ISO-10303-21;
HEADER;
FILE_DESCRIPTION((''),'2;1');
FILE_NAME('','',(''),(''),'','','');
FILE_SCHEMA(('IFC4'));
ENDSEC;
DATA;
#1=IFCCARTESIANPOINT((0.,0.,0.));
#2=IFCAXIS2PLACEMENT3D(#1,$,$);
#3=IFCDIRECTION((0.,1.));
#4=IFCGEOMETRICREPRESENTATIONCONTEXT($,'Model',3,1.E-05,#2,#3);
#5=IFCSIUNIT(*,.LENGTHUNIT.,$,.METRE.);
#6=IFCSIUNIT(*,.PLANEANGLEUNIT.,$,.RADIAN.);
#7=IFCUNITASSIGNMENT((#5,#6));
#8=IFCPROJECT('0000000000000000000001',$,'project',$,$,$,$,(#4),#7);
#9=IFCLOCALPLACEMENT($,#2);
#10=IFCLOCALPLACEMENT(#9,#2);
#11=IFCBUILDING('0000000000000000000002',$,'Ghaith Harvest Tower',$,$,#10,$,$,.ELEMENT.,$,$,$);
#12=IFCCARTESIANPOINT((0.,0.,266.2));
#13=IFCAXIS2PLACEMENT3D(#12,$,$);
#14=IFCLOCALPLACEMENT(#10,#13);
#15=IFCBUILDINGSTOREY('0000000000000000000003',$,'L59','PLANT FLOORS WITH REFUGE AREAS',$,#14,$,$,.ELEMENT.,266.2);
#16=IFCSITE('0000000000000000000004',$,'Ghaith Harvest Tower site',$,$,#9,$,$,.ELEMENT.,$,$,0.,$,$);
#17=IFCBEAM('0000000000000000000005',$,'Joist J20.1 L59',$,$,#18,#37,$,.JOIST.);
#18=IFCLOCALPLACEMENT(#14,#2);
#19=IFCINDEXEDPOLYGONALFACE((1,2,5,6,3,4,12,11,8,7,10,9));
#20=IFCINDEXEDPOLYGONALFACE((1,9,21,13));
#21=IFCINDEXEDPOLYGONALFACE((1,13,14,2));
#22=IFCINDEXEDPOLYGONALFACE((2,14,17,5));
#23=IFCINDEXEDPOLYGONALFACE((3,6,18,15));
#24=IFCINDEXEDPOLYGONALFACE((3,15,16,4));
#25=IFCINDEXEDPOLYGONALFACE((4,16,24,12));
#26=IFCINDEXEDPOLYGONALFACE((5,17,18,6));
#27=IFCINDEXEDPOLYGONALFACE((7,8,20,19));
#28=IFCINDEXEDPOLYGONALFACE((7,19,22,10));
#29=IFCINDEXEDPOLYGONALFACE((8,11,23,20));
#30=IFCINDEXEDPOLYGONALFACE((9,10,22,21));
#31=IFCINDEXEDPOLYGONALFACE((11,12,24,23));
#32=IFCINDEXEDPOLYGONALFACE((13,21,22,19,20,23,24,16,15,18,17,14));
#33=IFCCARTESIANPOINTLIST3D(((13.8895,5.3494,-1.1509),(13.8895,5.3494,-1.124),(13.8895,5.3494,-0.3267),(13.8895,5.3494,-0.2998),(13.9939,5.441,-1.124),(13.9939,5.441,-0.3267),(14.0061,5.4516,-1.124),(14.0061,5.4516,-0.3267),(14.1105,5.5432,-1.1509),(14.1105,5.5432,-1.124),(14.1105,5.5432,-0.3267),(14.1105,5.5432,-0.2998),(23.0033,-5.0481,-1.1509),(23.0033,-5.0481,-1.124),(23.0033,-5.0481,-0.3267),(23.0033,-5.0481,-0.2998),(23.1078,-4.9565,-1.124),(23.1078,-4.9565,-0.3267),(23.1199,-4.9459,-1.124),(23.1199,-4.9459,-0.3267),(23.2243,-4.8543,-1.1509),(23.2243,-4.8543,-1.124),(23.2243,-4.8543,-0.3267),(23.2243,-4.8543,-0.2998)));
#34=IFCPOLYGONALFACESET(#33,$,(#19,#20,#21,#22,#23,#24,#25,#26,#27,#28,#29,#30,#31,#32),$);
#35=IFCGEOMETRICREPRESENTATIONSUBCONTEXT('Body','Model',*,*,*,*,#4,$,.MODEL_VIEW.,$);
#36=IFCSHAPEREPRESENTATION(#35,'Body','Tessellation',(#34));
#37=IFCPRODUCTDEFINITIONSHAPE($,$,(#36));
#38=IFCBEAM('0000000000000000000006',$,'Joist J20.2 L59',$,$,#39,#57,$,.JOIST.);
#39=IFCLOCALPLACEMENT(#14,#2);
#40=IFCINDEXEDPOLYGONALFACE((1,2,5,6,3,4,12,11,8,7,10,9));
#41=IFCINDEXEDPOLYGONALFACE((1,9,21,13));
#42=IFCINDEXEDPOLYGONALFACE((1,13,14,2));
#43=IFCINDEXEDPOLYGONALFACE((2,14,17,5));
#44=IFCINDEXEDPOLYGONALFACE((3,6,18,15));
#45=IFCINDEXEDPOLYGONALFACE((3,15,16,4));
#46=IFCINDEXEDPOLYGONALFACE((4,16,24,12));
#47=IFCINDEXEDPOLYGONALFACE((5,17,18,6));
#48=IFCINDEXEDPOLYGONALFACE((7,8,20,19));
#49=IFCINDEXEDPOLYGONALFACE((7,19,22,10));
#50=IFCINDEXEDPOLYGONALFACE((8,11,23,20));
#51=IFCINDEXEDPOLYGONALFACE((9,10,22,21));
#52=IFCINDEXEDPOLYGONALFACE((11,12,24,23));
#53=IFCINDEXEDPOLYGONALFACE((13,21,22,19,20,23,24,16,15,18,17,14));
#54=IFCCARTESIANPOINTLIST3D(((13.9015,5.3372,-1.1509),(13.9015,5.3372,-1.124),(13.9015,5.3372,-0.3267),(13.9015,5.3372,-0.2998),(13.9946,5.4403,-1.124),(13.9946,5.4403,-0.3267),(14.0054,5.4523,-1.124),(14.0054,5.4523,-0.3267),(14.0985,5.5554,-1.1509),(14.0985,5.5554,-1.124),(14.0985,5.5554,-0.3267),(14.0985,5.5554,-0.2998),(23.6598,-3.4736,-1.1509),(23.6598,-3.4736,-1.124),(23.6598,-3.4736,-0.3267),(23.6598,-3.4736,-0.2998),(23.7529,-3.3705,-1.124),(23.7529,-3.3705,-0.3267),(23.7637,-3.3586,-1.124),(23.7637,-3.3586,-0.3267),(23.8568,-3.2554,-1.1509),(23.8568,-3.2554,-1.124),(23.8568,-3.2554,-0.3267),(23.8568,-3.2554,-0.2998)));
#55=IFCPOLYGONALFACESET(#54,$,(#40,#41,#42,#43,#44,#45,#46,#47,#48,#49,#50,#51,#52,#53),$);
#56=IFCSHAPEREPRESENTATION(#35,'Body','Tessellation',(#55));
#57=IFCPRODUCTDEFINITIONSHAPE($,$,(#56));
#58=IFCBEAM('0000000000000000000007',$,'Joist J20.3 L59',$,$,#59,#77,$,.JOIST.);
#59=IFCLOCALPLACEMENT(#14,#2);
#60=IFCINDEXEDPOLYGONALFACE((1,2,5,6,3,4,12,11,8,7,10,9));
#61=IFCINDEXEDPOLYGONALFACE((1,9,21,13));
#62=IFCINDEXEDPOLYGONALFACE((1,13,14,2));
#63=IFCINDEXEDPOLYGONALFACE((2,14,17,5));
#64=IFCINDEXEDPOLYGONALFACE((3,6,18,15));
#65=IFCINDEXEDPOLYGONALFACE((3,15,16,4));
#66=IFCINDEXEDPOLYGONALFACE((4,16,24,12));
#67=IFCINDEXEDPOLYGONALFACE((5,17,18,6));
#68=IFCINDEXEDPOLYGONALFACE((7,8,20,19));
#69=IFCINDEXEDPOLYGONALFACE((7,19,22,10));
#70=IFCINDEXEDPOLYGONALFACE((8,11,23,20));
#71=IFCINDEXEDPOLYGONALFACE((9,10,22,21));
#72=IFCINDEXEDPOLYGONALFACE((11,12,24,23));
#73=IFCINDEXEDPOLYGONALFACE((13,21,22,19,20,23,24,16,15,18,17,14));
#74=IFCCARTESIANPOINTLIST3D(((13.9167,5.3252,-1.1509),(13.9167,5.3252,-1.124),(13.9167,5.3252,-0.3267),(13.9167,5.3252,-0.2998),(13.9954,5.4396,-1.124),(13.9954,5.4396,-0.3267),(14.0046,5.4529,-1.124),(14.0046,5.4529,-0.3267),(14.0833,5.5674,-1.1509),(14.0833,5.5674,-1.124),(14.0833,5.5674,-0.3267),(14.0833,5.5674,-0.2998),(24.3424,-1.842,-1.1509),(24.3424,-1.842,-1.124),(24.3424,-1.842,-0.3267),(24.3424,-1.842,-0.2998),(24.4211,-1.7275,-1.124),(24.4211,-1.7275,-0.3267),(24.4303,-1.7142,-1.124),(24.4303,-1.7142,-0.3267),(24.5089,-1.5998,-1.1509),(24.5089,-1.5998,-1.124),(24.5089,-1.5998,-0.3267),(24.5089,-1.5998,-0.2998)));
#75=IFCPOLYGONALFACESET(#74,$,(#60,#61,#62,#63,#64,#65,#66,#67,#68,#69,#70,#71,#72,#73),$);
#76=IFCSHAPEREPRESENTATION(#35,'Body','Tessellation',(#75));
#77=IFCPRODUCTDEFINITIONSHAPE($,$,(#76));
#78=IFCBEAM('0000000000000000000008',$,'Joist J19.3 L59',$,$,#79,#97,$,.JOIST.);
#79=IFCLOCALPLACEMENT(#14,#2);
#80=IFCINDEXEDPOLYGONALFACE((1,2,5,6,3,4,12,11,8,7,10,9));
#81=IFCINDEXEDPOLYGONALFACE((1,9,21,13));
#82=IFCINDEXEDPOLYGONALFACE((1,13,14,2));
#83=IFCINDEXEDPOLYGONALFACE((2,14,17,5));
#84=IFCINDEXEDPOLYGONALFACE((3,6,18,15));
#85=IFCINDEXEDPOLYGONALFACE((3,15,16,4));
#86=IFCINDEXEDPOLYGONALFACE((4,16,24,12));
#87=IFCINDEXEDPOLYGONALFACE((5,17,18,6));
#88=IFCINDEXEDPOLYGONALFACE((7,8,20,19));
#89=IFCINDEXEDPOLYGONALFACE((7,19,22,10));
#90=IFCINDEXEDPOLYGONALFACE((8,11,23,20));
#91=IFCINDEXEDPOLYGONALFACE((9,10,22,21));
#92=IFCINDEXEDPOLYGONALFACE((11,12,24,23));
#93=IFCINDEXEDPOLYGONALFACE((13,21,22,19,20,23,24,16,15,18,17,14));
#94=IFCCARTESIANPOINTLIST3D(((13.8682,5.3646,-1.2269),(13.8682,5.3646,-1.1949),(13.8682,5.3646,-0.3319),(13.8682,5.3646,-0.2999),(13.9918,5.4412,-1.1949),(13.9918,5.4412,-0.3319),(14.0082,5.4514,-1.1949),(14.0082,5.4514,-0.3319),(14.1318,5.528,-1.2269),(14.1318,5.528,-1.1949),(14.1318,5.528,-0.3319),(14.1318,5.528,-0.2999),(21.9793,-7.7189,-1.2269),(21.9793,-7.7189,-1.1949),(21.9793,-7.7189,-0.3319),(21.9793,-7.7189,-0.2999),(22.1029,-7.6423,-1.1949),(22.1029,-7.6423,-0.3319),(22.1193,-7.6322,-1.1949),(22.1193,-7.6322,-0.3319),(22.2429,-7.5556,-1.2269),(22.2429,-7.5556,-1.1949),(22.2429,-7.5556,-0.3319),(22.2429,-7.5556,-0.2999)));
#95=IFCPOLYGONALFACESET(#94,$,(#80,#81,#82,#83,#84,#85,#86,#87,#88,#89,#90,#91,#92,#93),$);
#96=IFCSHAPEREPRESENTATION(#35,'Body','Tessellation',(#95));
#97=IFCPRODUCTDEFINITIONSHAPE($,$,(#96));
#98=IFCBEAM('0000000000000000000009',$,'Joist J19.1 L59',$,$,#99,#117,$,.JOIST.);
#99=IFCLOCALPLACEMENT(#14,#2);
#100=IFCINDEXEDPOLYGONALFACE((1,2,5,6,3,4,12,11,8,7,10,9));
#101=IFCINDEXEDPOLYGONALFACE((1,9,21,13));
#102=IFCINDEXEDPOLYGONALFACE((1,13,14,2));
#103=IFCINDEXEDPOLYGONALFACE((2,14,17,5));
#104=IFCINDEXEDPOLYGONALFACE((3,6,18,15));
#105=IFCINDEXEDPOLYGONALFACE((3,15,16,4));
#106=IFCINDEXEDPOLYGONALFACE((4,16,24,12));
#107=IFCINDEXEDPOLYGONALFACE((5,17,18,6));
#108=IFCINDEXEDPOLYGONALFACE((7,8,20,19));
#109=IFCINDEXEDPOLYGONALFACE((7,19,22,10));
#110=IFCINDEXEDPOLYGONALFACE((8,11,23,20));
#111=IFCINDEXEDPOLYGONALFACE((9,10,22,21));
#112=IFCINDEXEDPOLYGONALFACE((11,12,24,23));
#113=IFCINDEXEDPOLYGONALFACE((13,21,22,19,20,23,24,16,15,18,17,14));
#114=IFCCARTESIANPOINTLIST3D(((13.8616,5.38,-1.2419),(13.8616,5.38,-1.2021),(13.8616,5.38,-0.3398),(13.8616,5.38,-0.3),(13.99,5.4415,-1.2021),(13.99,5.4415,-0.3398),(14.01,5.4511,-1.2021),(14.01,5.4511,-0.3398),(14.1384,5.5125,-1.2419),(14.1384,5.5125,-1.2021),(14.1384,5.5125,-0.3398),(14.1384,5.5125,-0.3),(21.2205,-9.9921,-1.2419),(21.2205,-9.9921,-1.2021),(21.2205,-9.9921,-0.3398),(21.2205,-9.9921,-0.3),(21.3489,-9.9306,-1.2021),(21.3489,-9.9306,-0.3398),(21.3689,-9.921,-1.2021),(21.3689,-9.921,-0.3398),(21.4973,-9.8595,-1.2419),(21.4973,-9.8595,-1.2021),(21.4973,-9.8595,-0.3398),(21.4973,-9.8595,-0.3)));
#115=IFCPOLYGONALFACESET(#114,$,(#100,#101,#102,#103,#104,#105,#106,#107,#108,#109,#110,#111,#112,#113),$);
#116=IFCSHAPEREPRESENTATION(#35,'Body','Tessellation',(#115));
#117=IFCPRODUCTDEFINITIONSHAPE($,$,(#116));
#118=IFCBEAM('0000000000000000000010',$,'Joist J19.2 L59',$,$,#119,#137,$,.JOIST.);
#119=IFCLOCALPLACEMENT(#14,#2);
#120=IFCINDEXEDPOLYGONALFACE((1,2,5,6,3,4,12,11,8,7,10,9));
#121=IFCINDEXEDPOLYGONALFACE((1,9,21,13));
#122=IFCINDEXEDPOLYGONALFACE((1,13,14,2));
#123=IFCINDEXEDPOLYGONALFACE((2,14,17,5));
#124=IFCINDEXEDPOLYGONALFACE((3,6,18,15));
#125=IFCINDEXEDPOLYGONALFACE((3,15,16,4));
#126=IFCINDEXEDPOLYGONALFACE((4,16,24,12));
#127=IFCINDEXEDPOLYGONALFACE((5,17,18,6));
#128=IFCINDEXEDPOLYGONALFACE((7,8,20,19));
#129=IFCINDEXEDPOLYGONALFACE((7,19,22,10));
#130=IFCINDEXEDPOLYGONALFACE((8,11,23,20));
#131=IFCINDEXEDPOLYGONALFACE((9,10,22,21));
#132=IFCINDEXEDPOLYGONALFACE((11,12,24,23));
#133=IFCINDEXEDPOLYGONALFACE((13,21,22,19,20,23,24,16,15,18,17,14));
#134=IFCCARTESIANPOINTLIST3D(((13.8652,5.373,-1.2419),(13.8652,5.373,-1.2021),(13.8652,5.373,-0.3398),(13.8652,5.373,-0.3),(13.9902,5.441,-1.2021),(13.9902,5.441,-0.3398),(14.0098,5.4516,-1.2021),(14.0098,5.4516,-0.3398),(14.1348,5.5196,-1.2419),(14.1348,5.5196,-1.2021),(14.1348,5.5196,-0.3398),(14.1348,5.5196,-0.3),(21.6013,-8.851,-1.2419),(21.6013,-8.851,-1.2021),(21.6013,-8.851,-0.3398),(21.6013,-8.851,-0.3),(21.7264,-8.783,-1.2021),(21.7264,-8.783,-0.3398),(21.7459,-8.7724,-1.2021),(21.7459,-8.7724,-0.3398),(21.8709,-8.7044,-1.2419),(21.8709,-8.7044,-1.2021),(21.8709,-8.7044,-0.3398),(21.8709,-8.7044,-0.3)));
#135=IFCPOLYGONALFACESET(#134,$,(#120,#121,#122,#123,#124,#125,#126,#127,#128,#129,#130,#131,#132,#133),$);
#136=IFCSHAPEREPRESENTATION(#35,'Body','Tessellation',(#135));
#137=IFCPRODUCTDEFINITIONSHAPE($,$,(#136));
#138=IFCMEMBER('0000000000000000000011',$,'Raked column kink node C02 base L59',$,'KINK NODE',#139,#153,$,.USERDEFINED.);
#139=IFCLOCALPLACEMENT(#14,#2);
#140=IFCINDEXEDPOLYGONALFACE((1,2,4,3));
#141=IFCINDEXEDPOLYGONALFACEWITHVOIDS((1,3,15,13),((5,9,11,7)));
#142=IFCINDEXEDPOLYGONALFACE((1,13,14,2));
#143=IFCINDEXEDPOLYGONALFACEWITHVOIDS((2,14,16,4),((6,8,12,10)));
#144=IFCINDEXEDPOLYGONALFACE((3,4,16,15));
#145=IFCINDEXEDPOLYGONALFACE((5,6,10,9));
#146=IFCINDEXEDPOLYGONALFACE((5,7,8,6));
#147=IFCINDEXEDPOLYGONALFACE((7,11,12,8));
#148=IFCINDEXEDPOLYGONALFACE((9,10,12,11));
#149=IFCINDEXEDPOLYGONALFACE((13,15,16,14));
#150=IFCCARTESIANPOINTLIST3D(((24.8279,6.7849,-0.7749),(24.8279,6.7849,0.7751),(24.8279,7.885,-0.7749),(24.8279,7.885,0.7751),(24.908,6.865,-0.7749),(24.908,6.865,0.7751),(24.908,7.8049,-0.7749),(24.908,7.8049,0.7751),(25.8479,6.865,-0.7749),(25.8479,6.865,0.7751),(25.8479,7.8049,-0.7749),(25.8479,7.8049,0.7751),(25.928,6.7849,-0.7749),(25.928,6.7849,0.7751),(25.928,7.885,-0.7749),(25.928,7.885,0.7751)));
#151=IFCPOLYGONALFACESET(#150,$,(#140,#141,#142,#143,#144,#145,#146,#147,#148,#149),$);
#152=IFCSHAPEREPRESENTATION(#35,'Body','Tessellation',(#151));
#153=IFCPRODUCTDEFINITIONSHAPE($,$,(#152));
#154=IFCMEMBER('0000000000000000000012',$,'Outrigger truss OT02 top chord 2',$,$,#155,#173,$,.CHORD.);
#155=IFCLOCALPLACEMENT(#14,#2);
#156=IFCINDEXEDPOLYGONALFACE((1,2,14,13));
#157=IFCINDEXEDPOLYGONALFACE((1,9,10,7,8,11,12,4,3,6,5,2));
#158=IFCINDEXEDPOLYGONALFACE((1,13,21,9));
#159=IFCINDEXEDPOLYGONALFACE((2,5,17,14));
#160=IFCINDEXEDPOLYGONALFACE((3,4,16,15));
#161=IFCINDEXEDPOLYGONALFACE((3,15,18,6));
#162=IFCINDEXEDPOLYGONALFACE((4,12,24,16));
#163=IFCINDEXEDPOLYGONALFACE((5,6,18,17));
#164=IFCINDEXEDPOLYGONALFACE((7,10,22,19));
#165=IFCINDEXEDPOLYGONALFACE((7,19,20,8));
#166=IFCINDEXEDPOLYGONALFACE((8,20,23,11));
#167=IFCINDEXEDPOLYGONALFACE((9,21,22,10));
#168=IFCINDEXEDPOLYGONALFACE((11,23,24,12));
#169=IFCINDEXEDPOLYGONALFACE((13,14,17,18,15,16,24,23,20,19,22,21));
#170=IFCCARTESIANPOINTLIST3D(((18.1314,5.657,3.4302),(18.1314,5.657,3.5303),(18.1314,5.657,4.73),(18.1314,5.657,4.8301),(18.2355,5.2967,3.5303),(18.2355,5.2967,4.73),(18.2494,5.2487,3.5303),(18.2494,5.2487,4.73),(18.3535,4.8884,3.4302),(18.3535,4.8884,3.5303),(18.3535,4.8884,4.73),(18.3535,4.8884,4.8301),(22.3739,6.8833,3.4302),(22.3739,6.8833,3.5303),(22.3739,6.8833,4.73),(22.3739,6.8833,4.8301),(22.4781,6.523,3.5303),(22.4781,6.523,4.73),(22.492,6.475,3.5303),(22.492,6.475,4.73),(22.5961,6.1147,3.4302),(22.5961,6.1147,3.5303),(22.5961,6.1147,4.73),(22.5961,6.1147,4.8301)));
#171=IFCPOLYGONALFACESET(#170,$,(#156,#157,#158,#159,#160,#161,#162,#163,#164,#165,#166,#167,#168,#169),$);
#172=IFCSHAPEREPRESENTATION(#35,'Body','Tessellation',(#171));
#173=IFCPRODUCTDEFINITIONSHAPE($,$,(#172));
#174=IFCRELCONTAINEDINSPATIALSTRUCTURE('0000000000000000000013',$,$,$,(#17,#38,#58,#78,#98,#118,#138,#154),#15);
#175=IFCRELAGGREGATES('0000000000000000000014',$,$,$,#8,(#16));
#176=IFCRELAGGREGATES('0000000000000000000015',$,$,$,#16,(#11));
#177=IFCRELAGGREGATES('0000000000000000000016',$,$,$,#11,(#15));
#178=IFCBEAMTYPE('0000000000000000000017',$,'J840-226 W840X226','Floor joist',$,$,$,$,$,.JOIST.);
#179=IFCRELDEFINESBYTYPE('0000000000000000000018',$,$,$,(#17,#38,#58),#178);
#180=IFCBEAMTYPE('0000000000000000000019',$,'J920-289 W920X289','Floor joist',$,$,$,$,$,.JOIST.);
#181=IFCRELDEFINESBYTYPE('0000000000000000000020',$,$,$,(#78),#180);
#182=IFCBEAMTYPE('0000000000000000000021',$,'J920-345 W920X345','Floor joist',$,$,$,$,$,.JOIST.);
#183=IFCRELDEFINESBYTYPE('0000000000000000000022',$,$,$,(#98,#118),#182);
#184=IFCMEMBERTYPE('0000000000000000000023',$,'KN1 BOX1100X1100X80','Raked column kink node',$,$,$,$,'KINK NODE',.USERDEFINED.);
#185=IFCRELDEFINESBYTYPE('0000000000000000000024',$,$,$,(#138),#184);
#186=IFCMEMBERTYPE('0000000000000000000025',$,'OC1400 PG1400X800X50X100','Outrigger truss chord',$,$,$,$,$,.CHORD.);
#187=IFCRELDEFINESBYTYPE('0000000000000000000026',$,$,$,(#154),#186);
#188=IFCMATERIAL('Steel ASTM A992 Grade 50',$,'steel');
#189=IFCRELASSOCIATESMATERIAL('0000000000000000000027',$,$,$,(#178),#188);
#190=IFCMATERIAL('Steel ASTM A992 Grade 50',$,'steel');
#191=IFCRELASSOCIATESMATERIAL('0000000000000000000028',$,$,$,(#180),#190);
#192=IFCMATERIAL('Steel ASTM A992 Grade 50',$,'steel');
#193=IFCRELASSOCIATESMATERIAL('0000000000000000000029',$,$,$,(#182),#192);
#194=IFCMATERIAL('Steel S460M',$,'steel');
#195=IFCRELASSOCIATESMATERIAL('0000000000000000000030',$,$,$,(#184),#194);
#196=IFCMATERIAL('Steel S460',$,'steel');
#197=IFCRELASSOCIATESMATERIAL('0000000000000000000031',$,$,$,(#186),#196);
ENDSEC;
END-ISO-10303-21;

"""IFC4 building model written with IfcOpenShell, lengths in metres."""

from ifc_helpers import new_model, si_unit, direction, frame, origin, origin_2d, place, context, subcontext, project, spatial, hollow_rectangle, i_section, extrude, material, material_profile, profile_set, type_object, element, save


model = new_model("IFC4")

# Units and contexts
model_context = context("Model", 3, precision=1e-05, world=origin(), true_north=direction((0.0, 1.0)))
body_context = subcontext(model_context, "Body", "Model", "MODEL_VIEW")
ifc_project = project(units=[si_unit("LENGTHUNIT", "METRE"), si_unit("PLANEANGLEUNIT", "RADIAN")], contexts=[model_context])

# Site, building, storey
site_placement = place(None, origin())
site = spatial("IfcSite", under=ifc_project, at=site_placement, Name="Ghaith Harvest Tower site", CompositionType="ELEMENT", RefElevation=0.0)
building_placement = place(site_placement, origin())
building = spatial("IfcBuilding", under=site, at=building_placement, Name="Ghaith Harvest Tower", CompositionType="ELEMENT")
storey_placement = place(building_placement, frame((0.0, 0.0, 266.2)))
storey = spatial("IfcBuildingStorey", under=building, at=storey_placement, Name="L59", Description="PLANT FLOORS WITH REFUGE AREAS", CompositionType="ELEMENT", Elevation=266.2)

# Beams
ifc_material_1 = material(Name="Steel ASTM A992 Grade 50", Category="steel")
ifc_material_profile_1 = material_profile(ifc_material_1, i_section(OverallWidth=0.2939, OverallDepth=0.8511, WebThickness=0.0161, FlangeThickness=0.0269, at=origin_2d()), Name="W840X226")
ifc_profile_set_1 = profile_set([ifc_material_profile_1], Name="Steel ASTM A992 Grade 50")
beam_type_1 = type_object("IfcBeamType", Name="J840-226 W840X226", Description="Floor joist", PredefinedType="JOIST", material=ifc_profile_set_1)
beam_1_placement = place(storey_placement, frame((14.0, 5.4463, -0.7253), z_axis=(0.659159, -0.752003, 0.0), x_axis=(0.752003, 0.659159, 0.0)))
element("IfcBeam", 1, at=beam_1_placement, inside=storey, type_object=beam_type_1, Name="Joist J20.1 L59", PredefinedType="JOIST", context=body_context, shape_type="SweptSolid", body=[
    extrude(i_section(OverallWidth=0.2939, OverallDepth=0.8511, WebThickness=0.0161, FlangeThickness=0.0269, at=origin_2d()), origin(), (0.0, 0.0, 1.0), 13.8264),
])
beam_2_placement = place(storey_placement, frame((14.0, 5.4463, -0.7253), z_axis=(0.742222, -0.670154, 0.0), x_axis=(0.670154, 0.742222, 0.0)))
element("IfcBeam", 2, at=beam_2_placement, inside=storey, type_object=beam_type_1, Name="Joist J20.2 L59", PredefinedType="JOIST", context=body_context, shape_type="SweptSolid", body=[
    extrude(i_section(OverallWidth=0.2939, OverallDepth=0.8511, WebThickness=0.0161, FlangeThickness=0.0269, at=origin_2d()), origin(), (0.0, 0.0, 1.0), 13.1475),
])
beam_3_placement = place(storey_placement, frame((14.0, 5.4463, -0.7253), z_axis=(0.82406, -0.566503, 0.0), x_axis=(0.566503, 0.82406, 0.0)))
element("IfcBeam", 3, at=beam_3_placement, inside=storey, type_object=beam_type_1, Name="Joist J20.3 L59", PredefinedType="JOIST", context=body_context, shape_type="SweptSolid", body=[
    extrude(i_section(OverallWidth=0.2939, OverallDepth=0.8511, WebThickness=0.0161, FlangeThickness=0.0269, at=origin_2d()), origin(), (0.0, 0.0, 1.0), 12.6516),
])
ifc_material_2 = material(Name="Steel ASTM A992 Grade 50", Category="steel")
ifc_material_profile_2 = material_profile(ifc_material_2, i_section(OverallWidth=0.3101, OverallDepth=0.927, WebThickness=0.0193, FlangeThickness=0.032, at=origin_2d()), Name="W920X289")
ifc_profile_set_2 = profile_set([ifc_material_profile_2], Name="Steel ASTM A992 Grade 50")
beam_type_2 = type_object("IfcBeamType", Name="J920-289 W920X289", Description="Floor joist", PredefinedType="JOIST", material=ifc_profile_set_2)
beam_4_placement = place(storey_placement, frame((14.0, 5.4463, -0.7634), z_axis=(0.526908, -0.849923, 0.0), x_axis=(0.849923, 0.526908, 0.0)))
element("IfcBeam", 4, at=beam_4_placement, inside=storey, type_object=beam_type_2, Name="Joist J19.3 L59", PredefinedType="JOIST", context=body_context, shape_type="SweptSolid", body=[
    extrude(i_section(OverallWidth=0.3101, OverallDepth=0.927, WebThickness=0.0193, FlangeThickness=0.032, at=origin_2d()), origin(), (0.0, 0.0, 1.0), 15.3938),
])
ifc_material_3 = material(Name="Steel ASTM A992 Grade 50", Category="steel")
ifc_material_profile_3 = material_profile(ifc_material_3, i_section(OverallWidth=0.3069, OverallDepth=0.9419, WebThickness=0.0222, FlangeThickness=0.0398, at=origin_2d()), Name="W920X345")
ifc_profile_set_3 = profile_set([ifc_material_profile_3], Name="Steel ASTM A992 Grade 50")
beam_type_3 = type_object("IfcBeamType", Name="J920-345 W920X345", Description="Floor joist", PredefinedType="JOIST", material=ifc_profile_set_3)
beam_5_placement = place(storey_placement, frame((14.0, 5.4463, -0.771), z_axis=(0.431791, -0.901974, 0.0), x_axis=(0.901974, 0.431791, 0.0)))
element("IfcBeam", 5, at=beam_5_placement, inside=storey, type_object=beam_type_3, Name="Joist J19.1 L59", PredefinedType="JOIST", context=body_context, shape_type="SweptSolid", body=[
    extrude(i_section(OverallWidth=0.3069, OverallDepth=0.9419, WebThickness=0.0222, FlangeThickness=0.0398, at=origin_2d()), origin(), (0.0, 0.0, 1.0), 17.0427),
])
beam_6_placement = place(storey_placement, frame((14.0, 5.4463, -0.771), z_axis=(0.477786, -0.878476, 0.0), x_axis=(0.878476, 0.477786, 0.0)))
element("IfcBeam", 6, at=beam_6_placement, inside=storey, type_object=beam_type_3, Name="Joist J19.2 L59", PredefinedType="JOIST", context=body_context, shape_type="SweptSolid", body=[
    extrude(i_section(OverallWidth=0.3069, OverallDepth=0.9419, WebThickness=0.0222, FlangeThickness=0.0398, at=origin_2d()), origin(), (0.0, 0.0, 1.0), 16.1917),
])

# Members
ifc_material_4 = material(Name="Steel S460M", Category="steel")
ifc_material_profile_4 = material_profile(ifc_material_4, hollow_rectangle(XDim=1.1001, YDim=1.1001, WallThickness=0.0801, at=origin_2d()), Name="BOX1100X1100X80")
ifc_profile_set_4 = profile_set([ifc_material_profile_4], Name="Steel S460M")
member_type_1 = type_object("IfcMemberType", Name="KN1 BOX1100X1100X80", Description="Raked column kink node", ElementType="KINK NODE", PredefinedType="USERDEFINED", material=ifc_profile_set_4)
member_1_placement = place(storey_placement, frame((25.3779, 7.335, -0.7749), z_axis=(0.0, 0.0, 1.0), x_axis=(1.0, 0.0, 0.0)))
element("IfcMember", 7, at=member_1_placement, inside=storey, type_object=member_type_1, Name="Raked column kink node C02 base L59", ObjectType="KINK NODE", PredefinedType="USERDEFINED", context=body_context, shape_type="SweptSolid", body=[
    extrude(hollow_rectangle(XDim=1.1001, YDim=1.1001, WallThickness=0.0801, at=origin_2d()), origin(), (0.0, 0.0, 1.0), 1.55),
])
ifc_material_5 = material(Name="Steel S460", Category="steel")
ifc_material_profile_5 = material_profile(ifc_material_5, i_section(OverallWidth=0.8, OverallDepth=1.3999, WebThickness=0.05, FlangeThickness=0.1001, at=origin_2d()), Name="PG1400X800X50X100")
ifc_profile_set_5 = profile_set([ifc_material_profile_5], Name="Steel S460")
member_type_2 = type_object("IfcMemberType", Name="OC1400 PG1400X800X50X100", Description="Outrigger truss chord", PredefinedType="CHORD", material=ifc_profile_set_5)
member_2_placement = place(storey_placement, frame((18.2424, 5.2727, 4.1301), z_axis=(0.960675, 0.277677, 0.0), x_axis=(-0.277677, 0.960675, 0.0)))
element("IfcMember", 8, at=member_2_placement, inside=storey, type_object=member_type_2, Name="Outrigger truss OT02 top chord 2", PredefinedType="CHORD", context=body_context, shape_type="SweptSolid", body=[
    extrude(i_section(OverallWidth=0.8, OverallDepth=1.3999, WebThickness=0.05, FlangeThickness=0.1001, at=origin_2d()), origin(), (0.0, 0.0, 1.0), 4.4163),
])

save(model, "model.ifc")
